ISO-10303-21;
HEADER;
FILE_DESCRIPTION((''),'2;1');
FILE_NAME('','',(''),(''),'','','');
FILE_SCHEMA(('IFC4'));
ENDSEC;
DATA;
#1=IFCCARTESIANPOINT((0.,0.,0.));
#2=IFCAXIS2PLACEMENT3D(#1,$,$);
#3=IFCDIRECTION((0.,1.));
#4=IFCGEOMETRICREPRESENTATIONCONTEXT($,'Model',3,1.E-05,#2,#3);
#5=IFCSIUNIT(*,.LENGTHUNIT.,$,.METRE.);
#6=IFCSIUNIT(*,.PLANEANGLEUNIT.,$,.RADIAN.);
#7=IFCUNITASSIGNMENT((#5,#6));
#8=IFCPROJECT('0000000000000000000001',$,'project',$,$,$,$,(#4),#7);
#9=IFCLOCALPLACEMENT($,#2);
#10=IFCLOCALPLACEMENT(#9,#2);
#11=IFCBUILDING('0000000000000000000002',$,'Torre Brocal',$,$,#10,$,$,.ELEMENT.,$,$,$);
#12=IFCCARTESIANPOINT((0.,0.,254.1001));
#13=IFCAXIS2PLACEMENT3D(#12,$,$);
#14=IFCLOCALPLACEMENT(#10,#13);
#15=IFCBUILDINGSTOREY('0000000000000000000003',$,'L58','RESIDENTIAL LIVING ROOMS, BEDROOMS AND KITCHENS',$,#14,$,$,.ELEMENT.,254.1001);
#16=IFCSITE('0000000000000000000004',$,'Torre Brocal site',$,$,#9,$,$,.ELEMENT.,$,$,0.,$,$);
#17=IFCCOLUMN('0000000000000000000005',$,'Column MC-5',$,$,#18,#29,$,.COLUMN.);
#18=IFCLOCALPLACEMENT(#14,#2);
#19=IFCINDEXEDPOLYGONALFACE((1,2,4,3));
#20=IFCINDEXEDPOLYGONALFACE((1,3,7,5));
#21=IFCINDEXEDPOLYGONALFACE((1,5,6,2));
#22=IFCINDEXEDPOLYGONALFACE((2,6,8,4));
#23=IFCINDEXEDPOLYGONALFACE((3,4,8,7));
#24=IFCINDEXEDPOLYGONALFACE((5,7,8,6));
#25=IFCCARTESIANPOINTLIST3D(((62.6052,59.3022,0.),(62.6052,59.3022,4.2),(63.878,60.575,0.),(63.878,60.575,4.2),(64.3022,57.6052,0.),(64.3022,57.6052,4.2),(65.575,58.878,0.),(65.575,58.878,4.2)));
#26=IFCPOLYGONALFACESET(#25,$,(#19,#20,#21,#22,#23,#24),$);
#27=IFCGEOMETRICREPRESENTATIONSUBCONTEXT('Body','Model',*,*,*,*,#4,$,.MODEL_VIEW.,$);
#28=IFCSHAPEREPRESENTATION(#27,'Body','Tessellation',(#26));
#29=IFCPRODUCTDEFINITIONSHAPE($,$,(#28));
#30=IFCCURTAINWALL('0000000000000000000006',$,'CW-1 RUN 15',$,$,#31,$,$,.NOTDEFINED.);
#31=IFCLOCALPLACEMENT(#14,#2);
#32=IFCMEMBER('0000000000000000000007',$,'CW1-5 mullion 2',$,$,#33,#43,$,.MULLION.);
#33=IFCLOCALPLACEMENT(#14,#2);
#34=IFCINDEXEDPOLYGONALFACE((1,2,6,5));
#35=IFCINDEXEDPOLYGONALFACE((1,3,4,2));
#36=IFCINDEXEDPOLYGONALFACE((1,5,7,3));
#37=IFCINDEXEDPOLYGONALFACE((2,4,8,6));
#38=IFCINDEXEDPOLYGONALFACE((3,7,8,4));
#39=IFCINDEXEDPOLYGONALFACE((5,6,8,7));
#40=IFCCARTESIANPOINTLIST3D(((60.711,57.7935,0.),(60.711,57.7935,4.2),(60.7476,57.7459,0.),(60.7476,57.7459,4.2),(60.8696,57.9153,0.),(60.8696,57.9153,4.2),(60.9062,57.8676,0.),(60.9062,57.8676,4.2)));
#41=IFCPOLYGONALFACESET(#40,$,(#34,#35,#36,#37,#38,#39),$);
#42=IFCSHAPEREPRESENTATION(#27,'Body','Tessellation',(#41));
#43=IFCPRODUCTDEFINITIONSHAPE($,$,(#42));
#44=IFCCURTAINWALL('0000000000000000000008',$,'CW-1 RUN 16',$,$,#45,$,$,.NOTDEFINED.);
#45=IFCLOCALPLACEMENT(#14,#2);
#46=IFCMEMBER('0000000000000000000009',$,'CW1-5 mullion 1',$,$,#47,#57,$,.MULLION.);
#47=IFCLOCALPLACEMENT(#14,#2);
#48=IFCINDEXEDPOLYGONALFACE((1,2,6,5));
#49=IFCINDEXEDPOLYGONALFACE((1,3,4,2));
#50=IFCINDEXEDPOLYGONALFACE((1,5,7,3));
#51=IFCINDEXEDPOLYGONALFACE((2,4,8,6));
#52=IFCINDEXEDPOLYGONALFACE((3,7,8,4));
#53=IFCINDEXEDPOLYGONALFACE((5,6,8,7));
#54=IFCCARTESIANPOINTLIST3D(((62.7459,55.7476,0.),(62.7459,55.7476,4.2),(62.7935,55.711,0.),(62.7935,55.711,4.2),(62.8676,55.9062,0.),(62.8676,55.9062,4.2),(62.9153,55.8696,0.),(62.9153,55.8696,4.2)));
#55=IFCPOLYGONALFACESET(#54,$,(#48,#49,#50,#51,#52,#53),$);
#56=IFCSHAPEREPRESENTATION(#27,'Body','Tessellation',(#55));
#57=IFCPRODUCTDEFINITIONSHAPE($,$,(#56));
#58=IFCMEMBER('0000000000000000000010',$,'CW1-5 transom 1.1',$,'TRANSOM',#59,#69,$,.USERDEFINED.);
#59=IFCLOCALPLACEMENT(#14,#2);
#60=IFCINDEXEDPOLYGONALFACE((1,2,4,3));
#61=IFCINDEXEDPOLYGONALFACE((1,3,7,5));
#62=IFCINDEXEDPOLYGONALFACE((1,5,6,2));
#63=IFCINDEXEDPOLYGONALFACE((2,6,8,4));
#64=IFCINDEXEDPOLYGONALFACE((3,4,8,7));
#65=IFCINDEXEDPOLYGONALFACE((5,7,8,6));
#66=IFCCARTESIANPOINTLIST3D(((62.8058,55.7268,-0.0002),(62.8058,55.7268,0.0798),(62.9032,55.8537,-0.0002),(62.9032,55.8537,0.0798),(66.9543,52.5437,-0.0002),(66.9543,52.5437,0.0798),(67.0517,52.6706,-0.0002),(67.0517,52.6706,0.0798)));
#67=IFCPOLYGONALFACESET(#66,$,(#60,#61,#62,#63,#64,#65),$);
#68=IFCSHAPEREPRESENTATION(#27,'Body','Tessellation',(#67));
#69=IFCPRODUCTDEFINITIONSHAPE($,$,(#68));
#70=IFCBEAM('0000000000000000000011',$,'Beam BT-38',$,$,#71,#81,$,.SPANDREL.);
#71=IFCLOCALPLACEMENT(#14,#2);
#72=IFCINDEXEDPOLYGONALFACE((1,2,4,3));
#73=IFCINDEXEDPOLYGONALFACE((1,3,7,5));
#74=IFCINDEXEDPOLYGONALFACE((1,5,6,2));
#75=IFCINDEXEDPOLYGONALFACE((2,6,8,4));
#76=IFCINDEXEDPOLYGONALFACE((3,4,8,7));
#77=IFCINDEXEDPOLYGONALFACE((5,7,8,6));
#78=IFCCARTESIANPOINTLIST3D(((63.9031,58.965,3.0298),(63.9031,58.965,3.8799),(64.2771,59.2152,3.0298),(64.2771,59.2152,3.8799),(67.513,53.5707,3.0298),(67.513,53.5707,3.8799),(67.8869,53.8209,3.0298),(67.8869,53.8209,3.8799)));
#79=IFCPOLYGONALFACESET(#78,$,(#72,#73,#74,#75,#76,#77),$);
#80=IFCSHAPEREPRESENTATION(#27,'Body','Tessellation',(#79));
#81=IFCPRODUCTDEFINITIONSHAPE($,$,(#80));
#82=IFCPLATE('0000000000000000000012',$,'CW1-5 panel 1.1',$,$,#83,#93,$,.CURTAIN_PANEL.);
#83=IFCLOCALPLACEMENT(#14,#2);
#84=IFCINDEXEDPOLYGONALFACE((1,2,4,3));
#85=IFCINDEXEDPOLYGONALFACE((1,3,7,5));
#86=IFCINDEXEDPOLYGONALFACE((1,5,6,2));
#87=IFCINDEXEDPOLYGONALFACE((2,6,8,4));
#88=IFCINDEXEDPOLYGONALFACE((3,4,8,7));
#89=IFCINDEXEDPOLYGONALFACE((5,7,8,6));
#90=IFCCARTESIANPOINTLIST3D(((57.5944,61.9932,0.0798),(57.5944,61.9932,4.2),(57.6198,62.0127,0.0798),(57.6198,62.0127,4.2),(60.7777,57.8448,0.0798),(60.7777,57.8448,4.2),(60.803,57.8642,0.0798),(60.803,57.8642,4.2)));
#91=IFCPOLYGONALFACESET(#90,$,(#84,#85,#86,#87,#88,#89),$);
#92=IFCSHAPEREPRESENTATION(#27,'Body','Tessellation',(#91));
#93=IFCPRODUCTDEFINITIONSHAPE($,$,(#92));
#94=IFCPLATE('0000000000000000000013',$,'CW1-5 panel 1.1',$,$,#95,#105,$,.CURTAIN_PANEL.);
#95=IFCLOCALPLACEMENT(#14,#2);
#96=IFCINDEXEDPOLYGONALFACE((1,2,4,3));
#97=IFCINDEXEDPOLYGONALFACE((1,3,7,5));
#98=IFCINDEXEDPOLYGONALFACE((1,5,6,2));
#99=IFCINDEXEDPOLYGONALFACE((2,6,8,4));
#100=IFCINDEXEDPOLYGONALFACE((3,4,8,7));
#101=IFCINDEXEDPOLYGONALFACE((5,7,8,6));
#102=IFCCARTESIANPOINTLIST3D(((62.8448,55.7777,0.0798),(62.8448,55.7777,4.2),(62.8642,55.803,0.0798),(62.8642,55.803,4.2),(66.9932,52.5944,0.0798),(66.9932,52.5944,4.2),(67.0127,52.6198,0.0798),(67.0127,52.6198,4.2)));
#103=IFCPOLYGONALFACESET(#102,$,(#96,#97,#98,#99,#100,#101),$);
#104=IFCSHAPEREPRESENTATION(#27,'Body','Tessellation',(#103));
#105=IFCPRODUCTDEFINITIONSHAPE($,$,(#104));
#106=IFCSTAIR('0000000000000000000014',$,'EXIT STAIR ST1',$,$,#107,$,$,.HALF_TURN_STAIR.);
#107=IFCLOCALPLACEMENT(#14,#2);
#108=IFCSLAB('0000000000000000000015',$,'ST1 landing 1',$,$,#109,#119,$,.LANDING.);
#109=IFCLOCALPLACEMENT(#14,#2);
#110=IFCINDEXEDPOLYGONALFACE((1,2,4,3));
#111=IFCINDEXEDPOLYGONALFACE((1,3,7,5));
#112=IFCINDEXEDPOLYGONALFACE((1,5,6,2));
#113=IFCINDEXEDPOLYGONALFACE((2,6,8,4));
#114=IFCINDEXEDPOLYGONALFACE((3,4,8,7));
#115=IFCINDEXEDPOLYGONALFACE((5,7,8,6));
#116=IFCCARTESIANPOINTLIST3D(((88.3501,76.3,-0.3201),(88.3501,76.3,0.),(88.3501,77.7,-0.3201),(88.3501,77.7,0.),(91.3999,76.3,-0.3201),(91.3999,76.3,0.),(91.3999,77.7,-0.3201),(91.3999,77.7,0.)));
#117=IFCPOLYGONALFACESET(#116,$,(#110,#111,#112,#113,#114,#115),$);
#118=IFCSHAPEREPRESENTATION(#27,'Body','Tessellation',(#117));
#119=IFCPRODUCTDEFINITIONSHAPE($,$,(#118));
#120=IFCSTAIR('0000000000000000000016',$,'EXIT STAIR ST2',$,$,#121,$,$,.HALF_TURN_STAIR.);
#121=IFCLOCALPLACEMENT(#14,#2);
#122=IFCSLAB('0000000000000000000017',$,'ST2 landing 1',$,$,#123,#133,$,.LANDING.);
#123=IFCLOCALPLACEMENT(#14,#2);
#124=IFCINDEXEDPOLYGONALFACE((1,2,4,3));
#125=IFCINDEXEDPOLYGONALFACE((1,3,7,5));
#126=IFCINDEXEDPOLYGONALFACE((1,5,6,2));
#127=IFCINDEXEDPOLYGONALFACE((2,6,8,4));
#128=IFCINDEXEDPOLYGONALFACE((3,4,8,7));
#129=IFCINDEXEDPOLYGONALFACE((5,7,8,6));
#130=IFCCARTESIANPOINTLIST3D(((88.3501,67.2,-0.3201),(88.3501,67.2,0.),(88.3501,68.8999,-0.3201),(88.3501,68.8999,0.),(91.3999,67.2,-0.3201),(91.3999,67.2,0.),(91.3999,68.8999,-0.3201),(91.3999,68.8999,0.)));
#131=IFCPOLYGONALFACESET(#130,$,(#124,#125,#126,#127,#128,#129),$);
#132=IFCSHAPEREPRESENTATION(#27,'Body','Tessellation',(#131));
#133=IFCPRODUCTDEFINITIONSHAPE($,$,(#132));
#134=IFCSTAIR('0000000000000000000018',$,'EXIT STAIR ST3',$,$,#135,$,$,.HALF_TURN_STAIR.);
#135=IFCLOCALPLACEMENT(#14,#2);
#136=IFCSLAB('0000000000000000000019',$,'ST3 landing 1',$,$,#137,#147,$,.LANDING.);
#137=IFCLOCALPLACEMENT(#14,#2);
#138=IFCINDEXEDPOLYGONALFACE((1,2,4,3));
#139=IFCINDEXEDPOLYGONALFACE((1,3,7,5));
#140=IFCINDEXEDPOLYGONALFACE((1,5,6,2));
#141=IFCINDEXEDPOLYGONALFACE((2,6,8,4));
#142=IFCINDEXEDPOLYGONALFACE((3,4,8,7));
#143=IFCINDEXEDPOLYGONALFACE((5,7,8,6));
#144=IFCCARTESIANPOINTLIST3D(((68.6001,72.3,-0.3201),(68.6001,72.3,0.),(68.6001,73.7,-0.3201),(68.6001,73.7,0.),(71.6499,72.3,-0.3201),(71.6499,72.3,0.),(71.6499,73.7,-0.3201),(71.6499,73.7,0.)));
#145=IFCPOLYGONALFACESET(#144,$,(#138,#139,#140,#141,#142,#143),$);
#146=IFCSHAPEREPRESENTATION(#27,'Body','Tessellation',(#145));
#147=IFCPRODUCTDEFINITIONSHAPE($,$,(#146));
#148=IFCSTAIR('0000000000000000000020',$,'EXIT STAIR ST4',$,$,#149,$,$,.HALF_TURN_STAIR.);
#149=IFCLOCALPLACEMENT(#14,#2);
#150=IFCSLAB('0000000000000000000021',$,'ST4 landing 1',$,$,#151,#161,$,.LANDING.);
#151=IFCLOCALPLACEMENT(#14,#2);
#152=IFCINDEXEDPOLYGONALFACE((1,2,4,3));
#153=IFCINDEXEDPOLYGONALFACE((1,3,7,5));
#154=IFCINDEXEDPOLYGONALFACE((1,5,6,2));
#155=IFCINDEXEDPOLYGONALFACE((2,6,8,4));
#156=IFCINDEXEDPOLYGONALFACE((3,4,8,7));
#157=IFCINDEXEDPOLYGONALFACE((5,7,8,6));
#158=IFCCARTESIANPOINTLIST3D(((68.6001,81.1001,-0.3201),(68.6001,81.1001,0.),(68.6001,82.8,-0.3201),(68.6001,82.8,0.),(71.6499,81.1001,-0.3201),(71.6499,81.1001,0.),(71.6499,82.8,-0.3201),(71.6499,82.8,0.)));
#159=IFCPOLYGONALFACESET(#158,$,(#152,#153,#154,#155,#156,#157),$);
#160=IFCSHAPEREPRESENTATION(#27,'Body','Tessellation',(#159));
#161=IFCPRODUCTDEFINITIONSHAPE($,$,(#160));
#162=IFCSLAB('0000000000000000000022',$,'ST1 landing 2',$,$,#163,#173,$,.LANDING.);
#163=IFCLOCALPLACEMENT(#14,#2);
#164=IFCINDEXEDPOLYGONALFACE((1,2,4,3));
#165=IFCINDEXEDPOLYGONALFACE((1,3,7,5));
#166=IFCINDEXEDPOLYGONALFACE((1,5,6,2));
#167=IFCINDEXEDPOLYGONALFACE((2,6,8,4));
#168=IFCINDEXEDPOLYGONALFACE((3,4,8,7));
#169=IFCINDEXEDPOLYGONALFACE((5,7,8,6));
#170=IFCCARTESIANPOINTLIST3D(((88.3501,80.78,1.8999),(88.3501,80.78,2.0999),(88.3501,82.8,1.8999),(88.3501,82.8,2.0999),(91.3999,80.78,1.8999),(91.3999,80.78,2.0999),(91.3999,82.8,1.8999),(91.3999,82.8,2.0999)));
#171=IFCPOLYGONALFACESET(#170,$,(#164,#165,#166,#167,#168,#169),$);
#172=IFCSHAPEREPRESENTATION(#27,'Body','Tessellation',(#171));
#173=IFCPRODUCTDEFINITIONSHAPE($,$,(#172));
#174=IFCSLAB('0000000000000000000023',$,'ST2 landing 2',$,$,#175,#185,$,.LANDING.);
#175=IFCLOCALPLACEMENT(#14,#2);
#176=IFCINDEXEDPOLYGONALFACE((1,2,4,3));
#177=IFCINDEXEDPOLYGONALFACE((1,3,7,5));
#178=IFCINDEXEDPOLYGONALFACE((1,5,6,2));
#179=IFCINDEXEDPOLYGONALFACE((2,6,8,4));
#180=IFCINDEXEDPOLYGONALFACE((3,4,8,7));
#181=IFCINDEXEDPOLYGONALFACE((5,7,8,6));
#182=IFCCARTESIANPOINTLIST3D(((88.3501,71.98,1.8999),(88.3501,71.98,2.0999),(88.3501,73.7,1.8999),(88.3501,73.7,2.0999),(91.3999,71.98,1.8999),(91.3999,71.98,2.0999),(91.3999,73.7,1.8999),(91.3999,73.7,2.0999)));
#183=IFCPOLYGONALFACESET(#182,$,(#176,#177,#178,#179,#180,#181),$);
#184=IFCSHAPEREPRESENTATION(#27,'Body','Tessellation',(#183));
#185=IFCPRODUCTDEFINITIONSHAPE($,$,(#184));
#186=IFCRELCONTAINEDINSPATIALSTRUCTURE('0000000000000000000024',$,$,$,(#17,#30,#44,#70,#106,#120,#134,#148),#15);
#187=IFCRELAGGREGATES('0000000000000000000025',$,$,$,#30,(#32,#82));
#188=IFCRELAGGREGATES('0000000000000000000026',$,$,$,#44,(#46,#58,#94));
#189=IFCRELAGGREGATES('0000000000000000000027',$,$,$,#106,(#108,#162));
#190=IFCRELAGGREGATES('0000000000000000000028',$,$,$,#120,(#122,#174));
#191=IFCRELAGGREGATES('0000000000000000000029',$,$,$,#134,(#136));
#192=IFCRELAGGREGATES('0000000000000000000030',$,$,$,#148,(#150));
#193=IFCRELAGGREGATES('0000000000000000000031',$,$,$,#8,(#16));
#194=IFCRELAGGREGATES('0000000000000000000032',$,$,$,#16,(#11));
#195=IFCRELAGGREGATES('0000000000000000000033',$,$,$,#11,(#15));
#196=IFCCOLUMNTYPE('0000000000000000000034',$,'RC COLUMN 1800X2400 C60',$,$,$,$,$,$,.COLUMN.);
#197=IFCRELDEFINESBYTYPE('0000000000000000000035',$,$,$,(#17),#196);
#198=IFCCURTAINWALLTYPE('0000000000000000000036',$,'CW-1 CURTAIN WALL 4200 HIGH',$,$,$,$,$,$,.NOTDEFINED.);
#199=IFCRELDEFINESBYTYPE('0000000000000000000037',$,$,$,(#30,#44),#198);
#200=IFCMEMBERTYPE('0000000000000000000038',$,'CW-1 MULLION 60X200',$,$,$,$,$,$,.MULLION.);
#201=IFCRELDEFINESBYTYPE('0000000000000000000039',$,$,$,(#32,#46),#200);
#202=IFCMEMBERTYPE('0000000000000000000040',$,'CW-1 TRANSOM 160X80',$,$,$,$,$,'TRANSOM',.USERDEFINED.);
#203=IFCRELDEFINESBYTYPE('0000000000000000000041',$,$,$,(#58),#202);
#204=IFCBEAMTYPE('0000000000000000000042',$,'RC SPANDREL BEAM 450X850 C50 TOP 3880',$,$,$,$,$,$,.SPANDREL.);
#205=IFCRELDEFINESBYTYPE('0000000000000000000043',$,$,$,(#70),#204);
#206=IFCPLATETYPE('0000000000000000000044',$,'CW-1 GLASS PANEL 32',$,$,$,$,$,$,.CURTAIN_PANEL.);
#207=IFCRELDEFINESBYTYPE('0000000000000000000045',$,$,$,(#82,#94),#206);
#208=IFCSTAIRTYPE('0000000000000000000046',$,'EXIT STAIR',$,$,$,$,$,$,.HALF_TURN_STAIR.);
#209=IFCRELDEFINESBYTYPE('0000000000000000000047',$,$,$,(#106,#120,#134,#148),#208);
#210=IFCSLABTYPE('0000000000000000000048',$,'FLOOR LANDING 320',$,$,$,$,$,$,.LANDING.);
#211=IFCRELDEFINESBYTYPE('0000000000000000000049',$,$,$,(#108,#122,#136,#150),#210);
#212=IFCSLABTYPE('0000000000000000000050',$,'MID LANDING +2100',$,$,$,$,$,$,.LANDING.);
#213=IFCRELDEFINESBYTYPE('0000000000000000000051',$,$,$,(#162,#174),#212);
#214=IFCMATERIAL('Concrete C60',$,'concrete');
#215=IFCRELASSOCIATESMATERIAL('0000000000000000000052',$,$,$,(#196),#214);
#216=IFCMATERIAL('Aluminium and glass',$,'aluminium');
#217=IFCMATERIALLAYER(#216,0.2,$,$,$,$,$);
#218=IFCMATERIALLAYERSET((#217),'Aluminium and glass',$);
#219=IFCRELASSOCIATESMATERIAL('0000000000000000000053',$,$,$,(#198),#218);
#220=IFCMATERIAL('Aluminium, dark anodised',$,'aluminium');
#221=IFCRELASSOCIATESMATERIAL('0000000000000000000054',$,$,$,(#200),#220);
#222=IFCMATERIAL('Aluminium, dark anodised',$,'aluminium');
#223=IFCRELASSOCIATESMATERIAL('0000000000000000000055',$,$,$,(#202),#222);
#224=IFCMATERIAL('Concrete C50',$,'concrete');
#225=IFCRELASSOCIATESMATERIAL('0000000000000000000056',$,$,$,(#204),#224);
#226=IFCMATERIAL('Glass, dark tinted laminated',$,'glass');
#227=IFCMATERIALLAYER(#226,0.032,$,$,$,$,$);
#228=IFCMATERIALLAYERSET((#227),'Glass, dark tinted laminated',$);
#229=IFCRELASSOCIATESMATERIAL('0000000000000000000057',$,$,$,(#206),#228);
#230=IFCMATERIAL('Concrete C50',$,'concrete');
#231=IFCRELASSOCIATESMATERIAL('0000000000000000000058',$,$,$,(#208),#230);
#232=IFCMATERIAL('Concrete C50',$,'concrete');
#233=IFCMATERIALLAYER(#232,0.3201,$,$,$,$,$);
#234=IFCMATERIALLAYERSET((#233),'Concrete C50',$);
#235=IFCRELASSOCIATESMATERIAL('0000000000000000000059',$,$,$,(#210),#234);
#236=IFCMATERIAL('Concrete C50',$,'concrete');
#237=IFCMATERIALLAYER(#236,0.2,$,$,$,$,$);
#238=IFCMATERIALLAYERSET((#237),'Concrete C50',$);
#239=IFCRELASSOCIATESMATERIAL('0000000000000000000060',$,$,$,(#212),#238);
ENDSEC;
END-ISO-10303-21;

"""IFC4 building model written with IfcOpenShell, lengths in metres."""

from ifc_helpers import new_model, si_unit, direction, frame, origin, origin_2d, place, context, subcontext, project, spatial, polyline, rectangle, outline, extrude, material, layer, layer_set, material_profile, profile_set, type_object, element, aggregate, save


model = new_model("IFC4")

# Units and contexts
model_context = context("Model", 3, precision=1e-05, world=origin(), true_north=direction((0.0, 1.0)))
body_context = subcontext(model_context, "Body", "Model", "MODEL_VIEW")
ifc_project = project(units=[si_unit("LENGTHUNIT", "METRE"), si_unit("PLANEANGLEUNIT", "RADIAN")], contexts=[model_context])

# Site, building, storey
site_placement = place(None, origin())
site = spatial("IfcSite", under=ifc_project, at=site_placement, Name="Torre Brocal site", CompositionType="ELEMENT", RefElevation=0.0)
building_placement = place(site_placement, origin())
building = spatial("IfcBuilding", under=site, at=building_placement, Name="Torre Brocal", CompositionType="ELEMENT")
storey_placement = place(building_placement, frame((0.0, 0.0, 254.1001)))
storey = spatial("IfcBuildingStorey", under=building, at=storey_placement, Name="L58", Description="RESIDENTIAL LIVING ROOMS, BEDROOMS AND KITCHENS", CompositionType="ELEMENT", Elevation=254.1001)

# Column
ifc_material_1 = material(Name="Concrete C60", Category="concrete")
ifc_material_profile_1 = material_profile(ifc_material_1, rectangle(XDim=1.8, YDim=2.3999, at=origin_2d()), Name="RC 1800X2400")
ifc_profile_set_1 = profile_set([ifc_material_profile_1], Name="Concrete C60")
column_type = type_object("IfcColumnType", Name="RC COLUMN 1800X2400 C60", PredefinedType="COLUMN", material=ifc_profile_set_1)
column_placement = place(storey_placement, frame((64.0901, 59.0901, 0.0), z_axis=(0.0, 0.0, 1.0), x_axis=(-0.707107, -0.707107, 0.0)))
element("IfcColumn", 1, at=column_placement, inside=storey, type_object=column_type, Name="Column MC-5", PredefinedType="COLUMN", context=body_context, shape_type="SweptSolid", body=[
    extrude(rectangle(XDim=1.8, YDim=2.3999, at=origin_2d()), origin(), (0.0, 0.0, 1.0), 4.2),
])

# Curtain wall, member
ifc_material_2 = material(Name="Aluminium and glass", Category="aluminium")
ifc_layer_1 = layer(ifc_material_2, 0.2)
ifc_layer_set_1 = layer_set([ifc_layer_1], Name="Aluminium and glass")
curtain_wall_type = type_object("IfcCurtainWallType", Name="CW-1 CURTAIN WALL 4200 HIGH", PredefinedType="NOTDEFINED", material=ifc_layer_set_1)
curtain_wall_1_placement = place(storey_placement, origin())
curtain_wall_1 = element("IfcCurtainWall", 2, at=curtain_wall_1_placement, inside=storey, type_object=curtain_wall_type, Name="CW-1 RUN 15", PredefinedType="NOTDEFINED")
ifc_material_3 = material(Name="Aluminium, dark anodised", Category="aluminium")
ifc_material_profile_2 = material_profile(ifc_material_3, rectangle(XDim=0.2, YDim=0.0601, at=origin_2d()), Name="CW-1 MULLION 60X200")
ifc_profile_set_2 = profile_set([ifc_material_profile_2], Name="Aluminium, dark anodised")
member_type_1 = type_object("IfcMemberType", Name="CW-1 MULLION 60X200", PredefinedType="MULLION", material=ifc_profile_set_2)
member_1_placement = place(storey_placement, frame((60.8086, 57.8306, 0.0), z_axis=(0.0, 0.0, 1.0), x_axis=(0.793353, 0.608761, 0.0)))
member_1 = element("IfcMember", 3, at=member_1_placement, type_object=member_type_1, Name="CW1-5 mullion 2", PredefinedType="MULLION", context=body_context, shape_type="SweptSolid", body=[
    extrude(rectangle(XDim=0.2, YDim=0.0601, at=origin_2d()), origin(), (0.0, 0.0, 1.0), 4.2),
])

# Curtain wall, members
curtain_wall_2_placement = place(storey_placement, origin())
curtain_wall_2 = element("IfcCurtainWall", 4, at=curtain_wall_2_placement, inside=storey, type_object=curtain_wall_type, Name="CW-1 RUN 16", PredefinedType="NOTDEFINED")
member_2_placement = place(storey_placement, frame((62.8306, 55.8086, 0.0), z_axis=(0.0, 0.0, 1.0), x_axis=(0.608761, 0.793353, 0.0)))
member_2 = element("IfcMember", 5, at=member_2_placement, type_object=member_type_1, Name="CW1-5 mullion 1", PredefinedType="MULLION", context=body_context, shape_type="SweptSolid", body=[
    extrude(rectangle(XDim=0.2, YDim=0.0601, at=origin_2d()), origin(), (0.0, 0.0, 1.0), 4.2),
])
ifc_material_4 = material(Name="Aluminium, dark anodised", Category="aluminium")
ifc_material_profile_3 = material_profile(ifc_material_4, rectangle(XDim=0.1599, YDim=0.0801, at=origin_2d()), Name="CW-1 TRANSOM 160X80")
ifc_profile_set_3 = profile_set([ifc_material_profile_3], Name="Aluminium, dark anodised")
member_type_2 = type_object("IfcMemberType", Name="CW-1 TRANSOM 160X80", ElementType="TRANSOM", PredefinedType="USERDEFINED", material=ifc_profile_set_3)
member_3_placement = place(storey_placement, frame((62.8545, 55.7903, 0.0398), z_axis=(0.793363, -0.608749, 0.0), x_axis=(0.608749, 0.793363, 0.0)))
member_3 = element("IfcMember", 6, at=member_3_placement, type_object=member_type_2, Name="CW1-5 transom 1.1", ObjectType="TRANSOM", PredefinedType="USERDEFINED", context=body_context, shape_type="SweptSolid", body=[
    extrude(rectangle(XDim=0.1599, YDim=0.0801, at=origin_2d()), origin(), (0.0, 0.0, 1.0), 5.229),
])

# Beam
ifc_material_5 = material(Name="Concrete C50", Category="concrete")
ifc_material_profile_4 = material_profile(ifc_material_5, rectangle(XDim=0.45, YDim=0.8501, at=origin_2d()), Name="RC 450X850")
ifc_profile_set_4 = profile_set([ifc_material_profile_4], Name="Concrete C50")
beam_type = type_object("IfcBeamType", Name="RC SPANDREL BEAM 450X850 C50 TOP 3880", PredefinedType="SPANDREL", material=ifc_profile_set_4)
beam_placement = place(storey_placement, frame((64.0901, 59.0901, 3.4548), z_axis=(0.556158, -0.831077, 0.0), x_axis=(0.831077, 0.556158, 0.0)))
element("IfcBeam", 7, at=beam_placement, inside=storey, type_object=beam_type, Name="Beam BT-38", PredefinedType="SPANDREL", context=body_context, shape_type="SweptSolid", body=[
    extrude(rectangle(XDim=0.45, YDim=0.8501, at=origin_2d()), origin(), (0.0, 0.0, 1.0), 6.4907),
])

# Plates
ifc_material_6 = material(Name="Glass, dark tinted laminated", Category="glass")
ifc_layer_2 = layer(ifc_material_6, 0.032)
ifc_layer_set_2 = layer_set([ifc_layer_2], Name="Glass, dark tinted laminated")
plate_type = type_object("IfcPlateType", Name="CW-1 GLASS PANEL 32", PredefinedType="CURTAIN_PANEL", material=ifc_layer_set_2)
plate_1_placement = place(storey_placement, frame((59.1987, 59.9287, 0.0798), z_axis=(0.0, 0.0, 1.0), x_axis=(0.608761, -0.793353, 0.0)))
plate_1 = element("IfcPlate", 8, at=plate_1_placement, type_object=plate_type, Name="CW1-5 panel 1.1", PredefinedType="CURTAIN_PANEL", context=body_context, shape_type="SweptSolid", body=[
    extrude(rectangle(XDim=5.229, YDim=0.032, at=origin_2d()), origin(), (0.0, 0.0, 1.0), 4.1201),
])
aggregate(curtain_wall_1, [member_1, plate_1])
plate_2_placement = place(storey_placement, frame((64.9287, 54.1987, 0.0798), z_axis=(0.0, 0.0, 1.0), x_axis=(0.793353, -0.608761, 0.0)))
plate_2 = element("IfcPlate", 9, at=plate_2_placement, type_object=plate_type, Name="CW1-5 panel 1.1", PredefinedType="CURTAIN_PANEL", context=body_context, shape_type="SweptSolid", body=[
    extrude(rectangle(XDim=5.229, YDim=0.032, at=origin_2d()), origin(), (0.0, 0.0, 1.0), 4.1201),
])
aggregate(curtain_wall_2, [member_2, member_3, plate_2])

# Stairs, slabs
ifc_material_7 = material(Name="Concrete C50", Category="concrete")
stair_type = type_object("IfcStairType", Name="EXIT STAIR", PredefinedType="HALF_TURN_STAIR", material=ifc_material_7)
stair_1_placement = place(storey_placement, origin())
stair_1 = element("IfcStair", 10, at=stair_1_placement, inside=storey, type_object=stair_type, Name="EXIT STAIR ST1", PredefinedType="HALF_TURN_STAIR")
ifc_material_8 = material(Name="Concrete C50", Category="concrete")
ifc_layer_3 = layer(ifc_material_8, 0.3201)
ifc_layer_set_3 = layer_set([ifc_layer_3], Name="Concrete C50")
slab_type_1 = type_object("IfcSlabType", Name="FLOOR LANDING 320", PredefinedType="LANDING", material=ifc_layer_set_3)
slab_1_placement = place(storey_placement, frame((0.0, 0.0, -0.3201)))
slab_1 = element("IfcSlab", 11, at=slab_1_placement, type_object=slab_type_1, Name="ST1 landing 1", PredefinedType="LANDING", context=body_context, shape_type="SweptSolid", body=[
    extrude(outline(polyline([(88.3501, 76.3), (91.3999, 76.3), (91.3999, 77.7), (88.3501, 77.7), (88.3501, 76.3)])), origin(), (0.0, 0.0, 1.0), 0.3201),
])
stair_2_placement = place(storey_placement, origin())
stair_2 = element("IfcStair", 12, at=stair_2_placement, inside=storey, type_object=stair_type, Name="EXIT STAIR ST2", PredefinedType="HALF_TURN_STAIR")
slab_2_placement = place(storey_placement, frame((0.0, 0.0, -0.3201)))
slab_2 = element("IfcSlab", 13, at=slab_2_placement, type_object=slab_type_1, Name="ST2 landing 1", PredefinedType="LANDING", context=body_context, shape_type="SweptSolid", body=[
    extrude(outline(polyline([(88.3501, 67.2), (91.3999, 67.2), (91.3999, 68.8999), (88.3501, 68.8999), (88.3501, 67.2)])), origin(), (0.0, 0.0, 1.0), 0.3201),
])
stair_3_placement = place(storey_placement, origin())
stair_3 = element("IfcStair", 14, at=stair_3_placement, inside=storey, type_object=stair_type, Name="EXIT STAIR ST3", PredefinedType="HALF_TURN_STAIR")
slab_3_placement = place(storey_placement, frame((0.0, 0.0, -0.3201)))
slab_3 = element("IfcSlab", 15, at=slab_3_placement, type_object=slab_type_1, Name="ST3 landing 1", PredefinedType="LANDING", context=body_context, shape_type="SweptSolid", body=[
    extrude(outline(polyline([(71.6499, 73.7), (68.6001, 73.7), (68.6001, 72.3), (71.6499, 72.3), (71.6499, 73.7)])), origin(), (0.0, 0.0, 1.0), 0.3201),
])
stair_4_placement = place(storey_placement, origin())
stair_4 = element("IfcStair", 16, at=stair_4_placement, inside=storey, type_object=stair_type, Name="EXIT STAIR ST4", PredefinedType="HALF_TURN_STAIR")
slab_4_placement = place(storey_placement, frame((0.0, 0.0, -0.3201)))
slab_4 = element("IfcSlab", 17, at=slab_4_placement, type_object=slab_type_1, Name="ST4 landing 1", PredefinedType="LANDING", context=body_context, shape_type="SweptSolid", body=[
    extrude(outline(polyline([(71.6499, 82.8), (68.6001, 82.8), (68.6001, 81.1001), (71.6499, 81.1001), (71.6499, 82.8)])), origin(), (0.0, 0.0, 1.0), 0.3201),
])

# Slabs
ifc_material_9 = material(Name="Concrete C50", Category="concrete")
ifc_layer_4 = layer(ifc_material_9, 0.2)
ifc_layer_set_4 = layer_set([ifc_layer_4], Name="Concrete C50")
slab_type_2 = type_object("IfcSlabType", Name="MID LANDING +2100", PredefinedType="LANDING", material=ifc_layer_set_4)
slab_5_placement = place(storey_placement, frame((0.0, 0.0, 1.8999)))
slab_5 = element("IfcSlab", 18, at=slab_5_placement, type_object=slab_type_2, Name="ST1 landing 2", PredefinedType="LANDING", context=body_context, shape_type="SweptSolid", body=[
    extrude(outline(polyline([(88.3501, 80.78), (91.3999, 80.78), (91.3999, 82.8), (88.3501, 82.8), (88.3501, 80.78)])), origin(), (0.0, 0.0, 1.0), 0.2),
])
aggregate(stair_1, [slab_1, slab_5])
slab_6_placement = place(storey_placement, frame((0.0, 0.0, 1.8999)))
slab_6 = element("IfcSlab", 19, at=slab_6_placement, type_object=slab_type_2, Name="ST2 landing 2", PredefinedType="LANDING", context=body_context, shape_type="SweptSolid", body=[
    extrude(outline(polyline([(88.3501, 71.98), (91.3999, 71.98), (91.3999, 73.7), (88.3501, 73.7), (88.3501, 71.98)])), origin(), (0.0, 0.0, 1.0), 0.2),
])
aggregate(stair_2, [slab_2, slab_6])
aggregate(stair_3, [slab_3])
aggregate(stair_4, [slab_4])

save(model, "model.ifc")
